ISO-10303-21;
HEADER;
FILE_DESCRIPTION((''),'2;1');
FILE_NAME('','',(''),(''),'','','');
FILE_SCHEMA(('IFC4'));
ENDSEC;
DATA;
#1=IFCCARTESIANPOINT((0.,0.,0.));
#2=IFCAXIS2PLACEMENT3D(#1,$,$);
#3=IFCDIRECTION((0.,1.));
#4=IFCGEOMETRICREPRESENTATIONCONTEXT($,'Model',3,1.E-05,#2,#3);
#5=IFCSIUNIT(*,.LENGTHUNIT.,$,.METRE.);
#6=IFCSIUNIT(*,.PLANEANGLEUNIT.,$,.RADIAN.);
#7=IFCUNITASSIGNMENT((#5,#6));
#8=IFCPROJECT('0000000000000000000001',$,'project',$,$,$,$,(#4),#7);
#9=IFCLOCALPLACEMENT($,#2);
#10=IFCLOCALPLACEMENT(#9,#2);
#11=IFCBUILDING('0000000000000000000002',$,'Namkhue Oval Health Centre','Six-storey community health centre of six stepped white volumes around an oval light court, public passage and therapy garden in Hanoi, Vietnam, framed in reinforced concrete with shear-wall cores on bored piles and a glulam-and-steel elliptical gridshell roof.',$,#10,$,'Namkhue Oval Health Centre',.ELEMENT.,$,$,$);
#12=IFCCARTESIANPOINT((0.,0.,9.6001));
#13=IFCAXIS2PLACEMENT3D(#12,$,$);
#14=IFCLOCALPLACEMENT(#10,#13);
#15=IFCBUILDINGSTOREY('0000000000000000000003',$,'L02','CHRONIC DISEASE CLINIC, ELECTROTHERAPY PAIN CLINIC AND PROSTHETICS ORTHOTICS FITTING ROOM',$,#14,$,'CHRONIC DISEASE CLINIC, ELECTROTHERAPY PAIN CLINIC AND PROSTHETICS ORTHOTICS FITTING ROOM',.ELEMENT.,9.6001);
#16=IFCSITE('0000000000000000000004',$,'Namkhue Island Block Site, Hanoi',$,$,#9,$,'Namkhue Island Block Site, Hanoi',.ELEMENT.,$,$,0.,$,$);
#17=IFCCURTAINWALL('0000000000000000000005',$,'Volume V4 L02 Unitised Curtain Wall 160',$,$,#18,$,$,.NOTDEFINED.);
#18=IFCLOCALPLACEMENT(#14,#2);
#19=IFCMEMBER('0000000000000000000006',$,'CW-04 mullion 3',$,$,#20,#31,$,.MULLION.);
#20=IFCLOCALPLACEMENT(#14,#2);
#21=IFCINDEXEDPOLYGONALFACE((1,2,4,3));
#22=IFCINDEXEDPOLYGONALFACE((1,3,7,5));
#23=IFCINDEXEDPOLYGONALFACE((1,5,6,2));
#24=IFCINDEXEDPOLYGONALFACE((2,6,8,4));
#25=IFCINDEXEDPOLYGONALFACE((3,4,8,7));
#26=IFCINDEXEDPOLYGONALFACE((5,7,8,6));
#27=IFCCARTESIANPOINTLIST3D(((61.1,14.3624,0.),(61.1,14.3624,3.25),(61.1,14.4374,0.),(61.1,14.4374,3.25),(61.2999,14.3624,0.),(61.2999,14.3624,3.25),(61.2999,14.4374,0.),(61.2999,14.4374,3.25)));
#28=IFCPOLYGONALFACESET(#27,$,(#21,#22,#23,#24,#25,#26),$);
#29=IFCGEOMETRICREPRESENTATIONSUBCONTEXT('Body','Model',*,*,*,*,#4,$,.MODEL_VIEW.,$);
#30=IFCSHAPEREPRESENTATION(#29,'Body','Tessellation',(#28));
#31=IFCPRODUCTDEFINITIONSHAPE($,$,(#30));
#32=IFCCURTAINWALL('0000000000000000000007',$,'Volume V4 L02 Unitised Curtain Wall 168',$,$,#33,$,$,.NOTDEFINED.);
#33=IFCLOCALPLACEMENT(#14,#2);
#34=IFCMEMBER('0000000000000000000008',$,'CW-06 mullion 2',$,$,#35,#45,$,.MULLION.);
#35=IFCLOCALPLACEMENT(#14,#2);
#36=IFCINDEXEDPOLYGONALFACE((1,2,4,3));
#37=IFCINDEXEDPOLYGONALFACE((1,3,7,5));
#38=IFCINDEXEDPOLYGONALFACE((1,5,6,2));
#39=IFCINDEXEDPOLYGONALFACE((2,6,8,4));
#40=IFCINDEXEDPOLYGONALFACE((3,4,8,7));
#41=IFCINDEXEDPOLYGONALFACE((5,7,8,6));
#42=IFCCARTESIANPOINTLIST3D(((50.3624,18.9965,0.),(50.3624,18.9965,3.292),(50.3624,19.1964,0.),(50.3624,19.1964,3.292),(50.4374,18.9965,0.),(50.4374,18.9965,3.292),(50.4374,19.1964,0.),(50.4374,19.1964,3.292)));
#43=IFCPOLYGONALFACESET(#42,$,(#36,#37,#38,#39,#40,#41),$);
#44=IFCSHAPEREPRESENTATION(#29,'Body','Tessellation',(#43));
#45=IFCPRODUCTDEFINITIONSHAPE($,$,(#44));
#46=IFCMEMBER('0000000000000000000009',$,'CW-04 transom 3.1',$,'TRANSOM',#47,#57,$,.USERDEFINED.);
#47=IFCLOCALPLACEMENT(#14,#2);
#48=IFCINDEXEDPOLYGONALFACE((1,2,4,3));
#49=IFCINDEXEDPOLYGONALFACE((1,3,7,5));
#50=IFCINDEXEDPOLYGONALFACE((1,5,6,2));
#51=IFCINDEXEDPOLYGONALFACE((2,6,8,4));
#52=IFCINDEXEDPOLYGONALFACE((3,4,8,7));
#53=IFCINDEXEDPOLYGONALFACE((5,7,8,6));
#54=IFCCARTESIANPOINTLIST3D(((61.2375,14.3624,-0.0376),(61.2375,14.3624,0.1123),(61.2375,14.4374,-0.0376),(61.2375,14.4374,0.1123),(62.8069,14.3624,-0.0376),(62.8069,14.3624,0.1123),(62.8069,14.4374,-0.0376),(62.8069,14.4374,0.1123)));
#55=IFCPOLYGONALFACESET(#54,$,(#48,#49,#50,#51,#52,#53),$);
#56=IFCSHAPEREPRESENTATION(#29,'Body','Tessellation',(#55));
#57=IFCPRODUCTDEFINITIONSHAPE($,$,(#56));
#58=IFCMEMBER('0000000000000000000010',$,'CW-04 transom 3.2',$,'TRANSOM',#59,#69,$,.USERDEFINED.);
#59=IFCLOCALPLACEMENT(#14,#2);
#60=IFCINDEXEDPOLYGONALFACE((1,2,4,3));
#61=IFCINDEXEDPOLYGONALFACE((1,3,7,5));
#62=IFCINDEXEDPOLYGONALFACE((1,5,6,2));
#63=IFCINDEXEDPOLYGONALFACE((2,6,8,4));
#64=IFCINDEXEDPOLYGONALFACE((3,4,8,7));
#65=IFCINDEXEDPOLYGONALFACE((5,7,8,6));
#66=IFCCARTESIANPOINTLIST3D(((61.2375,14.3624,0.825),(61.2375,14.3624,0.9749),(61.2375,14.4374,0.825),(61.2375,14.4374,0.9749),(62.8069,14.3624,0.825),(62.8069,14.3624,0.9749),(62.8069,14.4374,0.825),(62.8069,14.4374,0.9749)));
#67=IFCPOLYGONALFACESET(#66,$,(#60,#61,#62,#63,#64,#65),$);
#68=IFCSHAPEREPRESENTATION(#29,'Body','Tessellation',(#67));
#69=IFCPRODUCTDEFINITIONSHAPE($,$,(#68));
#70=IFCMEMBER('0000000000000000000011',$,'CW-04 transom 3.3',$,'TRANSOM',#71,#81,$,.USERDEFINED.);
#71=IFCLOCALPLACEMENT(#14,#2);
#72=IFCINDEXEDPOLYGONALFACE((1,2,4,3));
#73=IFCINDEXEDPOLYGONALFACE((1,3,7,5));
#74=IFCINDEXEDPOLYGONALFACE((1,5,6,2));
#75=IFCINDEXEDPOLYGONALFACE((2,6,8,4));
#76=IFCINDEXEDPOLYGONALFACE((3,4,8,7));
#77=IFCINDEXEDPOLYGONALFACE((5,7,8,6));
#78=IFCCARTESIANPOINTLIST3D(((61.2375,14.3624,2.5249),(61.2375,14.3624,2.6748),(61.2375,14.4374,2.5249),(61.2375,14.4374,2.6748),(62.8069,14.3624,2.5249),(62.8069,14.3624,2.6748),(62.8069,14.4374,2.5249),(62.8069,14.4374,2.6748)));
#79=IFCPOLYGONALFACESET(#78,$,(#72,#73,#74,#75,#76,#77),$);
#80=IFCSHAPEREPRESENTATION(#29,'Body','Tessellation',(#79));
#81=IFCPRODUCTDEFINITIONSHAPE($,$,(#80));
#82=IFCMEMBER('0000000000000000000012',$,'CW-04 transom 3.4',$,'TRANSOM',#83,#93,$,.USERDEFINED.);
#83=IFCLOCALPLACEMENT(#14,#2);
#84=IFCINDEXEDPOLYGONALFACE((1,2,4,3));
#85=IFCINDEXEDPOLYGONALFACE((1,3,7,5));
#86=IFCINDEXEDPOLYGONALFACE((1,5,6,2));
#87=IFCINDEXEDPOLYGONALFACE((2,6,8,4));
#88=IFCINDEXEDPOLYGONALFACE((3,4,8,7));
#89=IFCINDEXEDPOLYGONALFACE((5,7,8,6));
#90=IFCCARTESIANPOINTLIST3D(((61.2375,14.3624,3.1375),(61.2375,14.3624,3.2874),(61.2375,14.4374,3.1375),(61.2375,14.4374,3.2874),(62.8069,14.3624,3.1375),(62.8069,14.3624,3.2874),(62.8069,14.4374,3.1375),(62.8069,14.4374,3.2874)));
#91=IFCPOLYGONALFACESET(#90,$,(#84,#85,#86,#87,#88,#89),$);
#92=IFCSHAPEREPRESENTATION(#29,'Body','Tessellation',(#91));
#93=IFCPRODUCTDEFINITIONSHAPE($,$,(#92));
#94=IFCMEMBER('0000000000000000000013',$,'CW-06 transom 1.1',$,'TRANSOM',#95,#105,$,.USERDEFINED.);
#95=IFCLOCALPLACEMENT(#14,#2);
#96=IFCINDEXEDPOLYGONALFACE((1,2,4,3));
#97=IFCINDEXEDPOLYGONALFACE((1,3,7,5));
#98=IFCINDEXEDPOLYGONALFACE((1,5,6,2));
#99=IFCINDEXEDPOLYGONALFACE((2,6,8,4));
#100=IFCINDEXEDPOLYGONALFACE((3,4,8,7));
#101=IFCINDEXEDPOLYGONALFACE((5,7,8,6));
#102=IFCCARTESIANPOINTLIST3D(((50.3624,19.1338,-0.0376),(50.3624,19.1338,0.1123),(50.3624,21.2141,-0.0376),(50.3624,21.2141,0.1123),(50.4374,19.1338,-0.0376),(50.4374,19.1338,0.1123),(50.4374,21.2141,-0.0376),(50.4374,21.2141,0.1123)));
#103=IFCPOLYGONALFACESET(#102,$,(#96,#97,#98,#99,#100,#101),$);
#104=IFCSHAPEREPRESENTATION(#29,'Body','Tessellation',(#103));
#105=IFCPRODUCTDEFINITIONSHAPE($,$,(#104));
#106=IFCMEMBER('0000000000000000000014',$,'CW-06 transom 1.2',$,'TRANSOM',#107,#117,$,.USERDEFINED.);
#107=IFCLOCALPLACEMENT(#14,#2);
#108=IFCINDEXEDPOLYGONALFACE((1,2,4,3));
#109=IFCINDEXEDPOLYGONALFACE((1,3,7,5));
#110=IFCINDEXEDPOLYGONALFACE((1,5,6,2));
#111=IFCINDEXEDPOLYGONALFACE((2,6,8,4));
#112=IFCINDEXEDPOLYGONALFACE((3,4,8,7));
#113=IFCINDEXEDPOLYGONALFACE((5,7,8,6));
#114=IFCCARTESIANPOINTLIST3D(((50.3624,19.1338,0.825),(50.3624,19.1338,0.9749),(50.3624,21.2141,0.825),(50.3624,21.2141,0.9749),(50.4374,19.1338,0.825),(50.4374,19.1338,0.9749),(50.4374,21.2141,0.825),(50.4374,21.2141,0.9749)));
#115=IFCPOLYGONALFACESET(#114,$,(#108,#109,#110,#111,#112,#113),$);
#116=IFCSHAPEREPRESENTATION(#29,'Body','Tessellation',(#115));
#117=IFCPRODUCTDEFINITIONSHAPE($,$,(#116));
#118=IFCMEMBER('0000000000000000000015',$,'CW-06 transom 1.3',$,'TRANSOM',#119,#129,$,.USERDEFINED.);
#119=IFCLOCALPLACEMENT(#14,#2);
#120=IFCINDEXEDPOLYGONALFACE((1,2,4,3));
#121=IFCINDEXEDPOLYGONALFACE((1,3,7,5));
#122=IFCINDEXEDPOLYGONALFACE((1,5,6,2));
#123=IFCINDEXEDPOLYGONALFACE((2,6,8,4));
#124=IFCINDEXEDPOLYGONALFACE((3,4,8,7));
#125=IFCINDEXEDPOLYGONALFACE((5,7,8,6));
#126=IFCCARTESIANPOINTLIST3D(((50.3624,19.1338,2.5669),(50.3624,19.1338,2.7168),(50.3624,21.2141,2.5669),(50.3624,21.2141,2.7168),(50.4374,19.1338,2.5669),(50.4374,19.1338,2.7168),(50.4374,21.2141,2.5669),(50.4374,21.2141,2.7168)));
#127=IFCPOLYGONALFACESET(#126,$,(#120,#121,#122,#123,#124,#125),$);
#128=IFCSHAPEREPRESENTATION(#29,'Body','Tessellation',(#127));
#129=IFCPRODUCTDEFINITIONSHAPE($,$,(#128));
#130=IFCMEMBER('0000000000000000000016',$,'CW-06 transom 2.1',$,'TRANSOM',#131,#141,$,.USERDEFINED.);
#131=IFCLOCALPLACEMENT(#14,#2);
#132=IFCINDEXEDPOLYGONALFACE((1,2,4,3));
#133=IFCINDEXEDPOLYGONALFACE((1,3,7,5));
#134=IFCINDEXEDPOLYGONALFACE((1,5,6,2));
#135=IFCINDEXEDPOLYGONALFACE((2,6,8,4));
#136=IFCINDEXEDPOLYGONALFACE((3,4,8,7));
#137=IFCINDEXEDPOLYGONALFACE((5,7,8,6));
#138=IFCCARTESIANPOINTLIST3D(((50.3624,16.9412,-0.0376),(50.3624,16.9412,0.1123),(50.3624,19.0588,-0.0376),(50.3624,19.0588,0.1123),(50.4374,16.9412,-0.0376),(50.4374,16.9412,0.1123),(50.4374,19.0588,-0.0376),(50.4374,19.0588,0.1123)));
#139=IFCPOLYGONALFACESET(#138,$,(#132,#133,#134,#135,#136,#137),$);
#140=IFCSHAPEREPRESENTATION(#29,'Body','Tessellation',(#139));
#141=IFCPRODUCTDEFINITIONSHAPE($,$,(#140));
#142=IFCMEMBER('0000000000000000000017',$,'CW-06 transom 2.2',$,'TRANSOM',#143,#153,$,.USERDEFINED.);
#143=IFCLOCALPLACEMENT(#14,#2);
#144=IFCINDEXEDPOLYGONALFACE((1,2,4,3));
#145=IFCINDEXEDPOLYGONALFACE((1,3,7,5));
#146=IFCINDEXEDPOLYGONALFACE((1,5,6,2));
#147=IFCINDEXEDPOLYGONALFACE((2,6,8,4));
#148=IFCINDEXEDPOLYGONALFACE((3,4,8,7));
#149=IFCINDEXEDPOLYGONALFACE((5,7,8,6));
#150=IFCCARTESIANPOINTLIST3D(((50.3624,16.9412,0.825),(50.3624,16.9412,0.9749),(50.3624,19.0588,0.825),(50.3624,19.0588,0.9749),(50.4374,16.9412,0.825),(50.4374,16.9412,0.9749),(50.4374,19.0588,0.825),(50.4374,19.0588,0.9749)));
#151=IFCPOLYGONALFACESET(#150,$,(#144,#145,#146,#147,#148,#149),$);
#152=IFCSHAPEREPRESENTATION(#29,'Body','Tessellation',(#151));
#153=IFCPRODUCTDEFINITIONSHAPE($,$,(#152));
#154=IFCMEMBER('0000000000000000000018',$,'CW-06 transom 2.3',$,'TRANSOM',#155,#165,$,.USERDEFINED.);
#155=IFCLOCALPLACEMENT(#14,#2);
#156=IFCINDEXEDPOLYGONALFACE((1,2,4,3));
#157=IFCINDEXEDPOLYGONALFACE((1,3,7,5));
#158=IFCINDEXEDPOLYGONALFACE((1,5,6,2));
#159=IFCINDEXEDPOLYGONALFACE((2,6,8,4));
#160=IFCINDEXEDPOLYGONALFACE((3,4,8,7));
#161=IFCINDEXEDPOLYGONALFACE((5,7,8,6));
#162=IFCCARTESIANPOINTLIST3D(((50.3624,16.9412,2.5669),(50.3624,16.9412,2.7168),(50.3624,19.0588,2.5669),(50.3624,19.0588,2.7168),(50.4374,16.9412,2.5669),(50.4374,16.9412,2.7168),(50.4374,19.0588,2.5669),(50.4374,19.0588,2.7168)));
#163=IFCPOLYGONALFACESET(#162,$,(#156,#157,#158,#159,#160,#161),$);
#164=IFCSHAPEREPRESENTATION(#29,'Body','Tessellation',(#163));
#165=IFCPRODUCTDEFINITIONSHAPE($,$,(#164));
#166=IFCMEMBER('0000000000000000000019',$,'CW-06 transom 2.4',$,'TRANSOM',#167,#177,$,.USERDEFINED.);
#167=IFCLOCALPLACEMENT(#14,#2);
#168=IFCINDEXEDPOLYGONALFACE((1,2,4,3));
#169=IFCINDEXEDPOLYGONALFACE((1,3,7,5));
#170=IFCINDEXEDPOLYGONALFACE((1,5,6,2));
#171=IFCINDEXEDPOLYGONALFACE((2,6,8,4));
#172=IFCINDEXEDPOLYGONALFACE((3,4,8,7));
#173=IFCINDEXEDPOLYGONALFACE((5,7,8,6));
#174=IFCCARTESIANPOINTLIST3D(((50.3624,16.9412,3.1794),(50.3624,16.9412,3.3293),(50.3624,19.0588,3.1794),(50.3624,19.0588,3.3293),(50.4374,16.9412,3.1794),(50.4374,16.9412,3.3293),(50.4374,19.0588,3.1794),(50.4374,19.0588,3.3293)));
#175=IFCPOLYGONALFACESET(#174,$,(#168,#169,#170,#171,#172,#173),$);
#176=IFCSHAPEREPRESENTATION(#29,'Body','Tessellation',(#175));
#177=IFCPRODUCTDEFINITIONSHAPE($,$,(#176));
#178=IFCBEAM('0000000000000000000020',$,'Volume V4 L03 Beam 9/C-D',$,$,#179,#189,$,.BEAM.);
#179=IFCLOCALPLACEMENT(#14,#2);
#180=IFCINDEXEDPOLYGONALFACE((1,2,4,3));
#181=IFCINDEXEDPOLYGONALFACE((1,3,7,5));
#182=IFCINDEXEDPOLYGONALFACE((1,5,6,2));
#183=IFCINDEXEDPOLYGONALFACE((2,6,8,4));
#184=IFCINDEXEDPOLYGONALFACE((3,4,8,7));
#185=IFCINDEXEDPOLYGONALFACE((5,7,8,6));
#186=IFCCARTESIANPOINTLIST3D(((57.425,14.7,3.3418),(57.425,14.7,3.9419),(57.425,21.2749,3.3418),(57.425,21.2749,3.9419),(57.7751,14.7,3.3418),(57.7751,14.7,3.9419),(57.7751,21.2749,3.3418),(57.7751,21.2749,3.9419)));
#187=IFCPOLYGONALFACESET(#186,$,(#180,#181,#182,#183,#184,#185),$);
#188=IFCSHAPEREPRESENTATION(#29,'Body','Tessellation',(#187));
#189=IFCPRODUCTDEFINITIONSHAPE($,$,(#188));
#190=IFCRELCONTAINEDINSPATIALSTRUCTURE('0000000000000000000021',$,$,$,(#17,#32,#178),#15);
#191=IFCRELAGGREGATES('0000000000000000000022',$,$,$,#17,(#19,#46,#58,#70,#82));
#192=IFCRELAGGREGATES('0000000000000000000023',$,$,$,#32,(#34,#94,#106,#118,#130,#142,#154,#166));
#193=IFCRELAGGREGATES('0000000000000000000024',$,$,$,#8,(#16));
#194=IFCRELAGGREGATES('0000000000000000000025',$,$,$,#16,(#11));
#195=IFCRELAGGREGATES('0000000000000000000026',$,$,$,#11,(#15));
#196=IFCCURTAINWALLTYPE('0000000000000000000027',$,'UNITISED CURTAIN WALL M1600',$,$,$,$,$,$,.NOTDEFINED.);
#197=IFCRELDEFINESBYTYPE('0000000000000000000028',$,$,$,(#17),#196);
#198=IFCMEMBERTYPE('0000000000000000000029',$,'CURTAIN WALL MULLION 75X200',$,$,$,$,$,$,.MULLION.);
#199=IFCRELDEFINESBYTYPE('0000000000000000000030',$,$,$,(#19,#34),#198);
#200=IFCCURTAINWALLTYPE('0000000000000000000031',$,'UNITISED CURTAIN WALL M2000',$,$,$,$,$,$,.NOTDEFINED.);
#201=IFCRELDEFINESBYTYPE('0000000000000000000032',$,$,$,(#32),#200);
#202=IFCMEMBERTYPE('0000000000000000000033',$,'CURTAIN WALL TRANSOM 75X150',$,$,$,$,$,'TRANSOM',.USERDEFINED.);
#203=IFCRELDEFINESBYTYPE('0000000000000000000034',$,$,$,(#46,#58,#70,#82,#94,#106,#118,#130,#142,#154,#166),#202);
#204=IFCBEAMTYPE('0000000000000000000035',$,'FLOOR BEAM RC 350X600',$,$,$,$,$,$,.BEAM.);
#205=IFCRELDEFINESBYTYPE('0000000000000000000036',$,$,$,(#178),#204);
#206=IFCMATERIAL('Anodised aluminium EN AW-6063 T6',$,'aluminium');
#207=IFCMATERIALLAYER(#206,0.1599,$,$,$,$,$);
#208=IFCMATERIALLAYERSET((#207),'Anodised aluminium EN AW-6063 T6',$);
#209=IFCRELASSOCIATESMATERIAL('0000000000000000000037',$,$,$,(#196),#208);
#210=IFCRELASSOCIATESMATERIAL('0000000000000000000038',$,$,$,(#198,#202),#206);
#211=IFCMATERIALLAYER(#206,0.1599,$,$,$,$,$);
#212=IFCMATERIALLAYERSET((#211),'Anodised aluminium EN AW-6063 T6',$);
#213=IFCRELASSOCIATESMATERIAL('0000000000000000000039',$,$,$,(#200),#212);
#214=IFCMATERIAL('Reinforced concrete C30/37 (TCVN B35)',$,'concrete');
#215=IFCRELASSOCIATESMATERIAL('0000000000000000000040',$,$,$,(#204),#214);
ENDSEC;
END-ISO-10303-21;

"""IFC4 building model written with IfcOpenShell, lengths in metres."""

from ifc_helpers import new_model, si_unit, direction, frame, origin, origin_2d, place, context, subcontext, project, spatial, rectangle, extrude, material, layer, layer_set, material_profile, profile_set, type_object, element, aggregate, save


model = new_model("IFC4")

# Units and contexts
model_context = context("Model", 3, precision=1e-05, world=origin(), true_north=direction((0.0, 1.0)))
body_context = subcontext(model_context, "Body", "Model", "MODEL_VIEW")
ifc_project = project(units=[si_unit("LENGTHUNIT", "METRE"), si_unit("PLANEANGLEUNIT", "RADIAN")], contexts=[model_context])

# Site, building, storey
site_placement = place(None, origin())
site = spatial("IfcSite", under=ifc_project, at=site_placement, Name="Namkhue Island Block Site, Hanoi", LongName="Namkhue Island Block Site, Hanoi", CompositionType="ELEMENT", RefElevation=0.0)
building_placement = place(site_placement, origin())
building = spatial("IfcBuilding", under=site, at=building_placement, Name="Namkhue Oval Health Centre", Description="Six-storey community health centre of six stepped white volumes around an oval light court, public passage and therapy garden in Hanoi, Vietnam, framed in reinforced concrete with shear-wall cores on bored piles and a glulam-and-steel elliptical gridshell roof.", LongName="Namkhue Oval Health Centre", CompositionType="ELEMENT")
storey_placement = place(building_placement, frame((0.0, 0.0, 9.6001)))
storey = spatial("IfcBuildingStorey", under=building, at=storey_placement, Name="L02", Description="CHRONIC DISEASE CLINIC, ELECTROTHERAPY PAIN CLINIC AND PROSTHETICS ORTHOTICS FITTING ROOM", LongName="CHRONIC DISEASE CLINIC, ELECTROTHERAPY PAIN CLINIC AND PROSTHETICS ORTHOTICS FITTING ROOM", CompositionType="ELEMENT", Elevation=9.6001)

# Curtain walls, members
ifc_material_1 = material(Name="Anodised aluminium EN AW-6063 T6", Category="aluminium")
ifc_layer_1 = layer(ifc_material_1, 0.1599)
ifc_layer_set_1 = layer_set([ifc_layer_1], Name="Anodised aluminium EN AW-6063 T6")
curtain_wall_type_1 = type_object("IfcCurtainWallType", Name="UNITISED CURTAIN WALL M1600", PredefinedType="NOTDEFINED", material=ifc_layer_set_1)
curtain_wall_1_placement = place(storey_placement, origin())
curtain_wall_1 = element("IfcCurtainWall", 1, at=curtain_wall_1_placement, inside=storey, type_object=curtain_wall_type_1, Name="Volume V4 L02 Unitised Curtain Wall 160", PredefinedType="NOTDEFINED")
ifc_material_profile_1 = material_profile(ifc_material_1, rectangle(XDim=0.075, YDim=0.2, at=origin_2d()), Name="ALU 75x200")
ifc_profile_set_1 = profile_set([ifc_material_profile_1], Name="Anodised aluminium EN AW-6063 T6")
member_type_1 = type_object("IfcMemberType", Name="CURTAIN WALL MULLION 75X200", PredefinedType="MULLION", material=ifc_profile_set_1)
member_1_placement = place(storey_placement, frame((61.2, 14.3999, 0.0), z_axis=(0.0, 0.0, 1.0), x_axis=(0.0, 1.0, 0.0)))
member_1 = element("IfcMember", 2, at=member_1_placement, type_object=member_type_1, Name="CW-04 mullion 3", PredefinedType="MULLION", context=body_context, shape_type="SweptSolid", body=[
    extrude(rectangle(XDim=0.075, YDim=0.2, at=origin_2d()), origin(), (0.0, 0.0, 1.0), 3.25),
])
ifc_layer_2 = layer(ifc_material_1, 0.1599)
ifc_layer_set_2 = layer_set([ifc_layer_2], Name="Anodised aluminium EN AW-6063 T6")
curtain_wall_type_2 = type_object("IfcCurtainWallType", Name="UNITISED CURTAIN WALL M2000", PredefinedType="NOTDEFINED", material=ifc_layer_set_2)
curtain_wall_2_placement = place(storey_placement, origin())
curtain_wall_2 = element("IfcCurtainWall", 3, at=curtain_wall_2_placement, inside=storey, type_object=curtain_wall_type_2, Name="Volume V4 L02 Unitised Curtain Wall 168", PredefinedType="NOTDEFINED")
member_2_placement = place(storey_placement, frame((50.3999, 19.0964, 0.0), z_axis=(0.0, 0.0, 1.0), x_axis=(1.0, 0.0, 0.0)))
member_2 = element("IfcMember", 4, at=member_2_placement, type_object=member_type_1, Name="CW-06 mullion 2", PredefinedType="MULLION", context=body_context, shape_type="SweptSolid", body=[
    extrude(rectangle(XDim=0.075, YDim=0.2, at=origin_2d()), origin(), (0.0, 0.0, 1.0), 3.292),
])

# Members
ifc_material_profile_2 = material_profile(ifc_material_1, rectangle(XDim=0.075, YDim=0.1499, at=origin_2d()), Name="ALU 75x150")
ifc_profile_set_2 = profile_set([ifc_material_profile_2], Name="Anodised aluminium EN AW-6063 T6")
member_type_2 = type_object("IfcMemberType", Name="CURTAIN WALL TRANSOM 75X150", ElementType="TRANSOM", PredefinedType="USERDEFINED", material=ifc_profile_set_2)
member_3_placement = place(storey_placement, frame((61.2375, 14.3999, 0.0374), z_axis=(1.0, 0.0, 0.0), x_axis=(0.0, 1.0, 0.0)))
member_3 = element("IfcMember", 5, at=member_3_placement, type_object=member_type_2, Name="CW-04 transom 3.1", ObjectType="TRANSOM", PredefinedType="USERDEFINED", context=body_context, shape_type="SweptSolid", body=[
    extrude(rectangle(XDim=0.075, YDim=0.1499, at=origin_2d()), origin(), (0.0, 0.0, 1.0), 1.5693),
])
member_4_placement = place(storey_placement, frame((61.2375, 14.3999, 0.8999), z_axis=(1.0, 0.0, 0.0), x_axis=(0.0, 1.0, 0.0)))
member_4 = element("IfcMember", 6, at=member_4_placement, type_object=member_type_2, Name="CW-04 transom 3.2", ObjectType="TRANSOM", PredefinedType="USERDEFINED", context=body_context, shape_type="SweptSolid", body=[
    extrude(rectangle(XDim=0.075, YDim=0.1499, at=origin_2d()), origin(), (0.0, 0.0, 1.0), 1.5693),
])
member_5_placement = place(storey_placement, frame((61.2375, 14.3999, 2.5999), z_axis=(1.0, 0.0, 0.0), x_axis=(0.0, 1.0, 0.0)))
member_5 = element("IfcMember", 7, at=member_5_placement, type_object=member_type_2, Name="CW-04 transom 3.3", ObjectType="TRANSOM", PredefinedType="USERDEFINED", context=body_context, shape_type="SweptSolid", body=[
    extrude(rectangle(XDim=0.075, YDim=0.1499, at=origin_2d()), origin(), (0.0, 0.0, 1.0), 1.5693),
])
member_6_placement = place(storey_placement, frame((61.2375, 14.3999, 3.2124), z_axis=(1.0, 0.0, 0.0), x_axis=(0.0, 1.0, 0.0)))
member_6 = element("IfcMember", 8, at=member_6_placement, type_object=member_type_2, Name="CW-04 transom 3.4", ObjectType="TRANSOM", PredefinedType="USERDEFINED", context=body_context, shape_type="SweptSolid", body=[
    extrude(rectangle(XDim=0.075, YDim=0.1499, at=origin_2d()), origin(), (0.0, 0.0, 1.0), 1.5693),
])
member_7_placement = place(storey_placement, frame((50.3999, 21.2141, 0.0374), z_axis=(0.0, -1.0, 0.0), x_axis=(1.0, 0.0, 0.0)))
member_7 = element("IfcMember", 9, at=member_7_placement, type_object=member_type_2, Name="CW-06 transom 1.1", ObjectType="TRANSOM", PredefinedType="USERDEFINED", context=body_context, shape_type="SweptSolid", body=[
    extrude(rectangle(XDim=0.075, YDim=0.1499, at=origin_2d()), origin(), (0.0, 0.0, 1.0), 2.0803),
])
member_8_placement = place(storey_placement, frame((50.3999, 21.2141, 0.8999), z_axis=(0.0, -1.0, 0.0), x_axis=(1.0, 0.0, 0.0)))
member_8 = element("IfcMember", 10, at=member_8_placement, type_object=member_type_2, Name="CW-06 transom 1.2", ObjectType="TRANSOM", PredefinedType="USERDEFINED", context=body_context, shape_type="SweptSolid", body=[
    extrude(rectangle(XDim=0.075, YDim=0.1499, at=origin_2d()), origin(), (0.0, 0.0, 1.0), 2.0803),
])
member_9_placement = place(storey_placement, frame((50.3999, 21.2141, 2.6418), z_axis=(0.0, -1.0, 0.0), x_axis=(1.0, 0.0, 0.0)))
member_9 = element("IfcMember", 11, at=member_9_placement, type_object=member_type_2, Name="CW-06 transom 1.3", ObjectType="TRANSOM", PredefinedType="USERDEFINED", context=body_context, shape_type="SweptSolid", body=[
    extrude(rectangle(XDim=0.075, YDim=0.1499, at=origin_2d()), origin(), (0.0, 0.0, 1.0), 2.0803),
])
member_10_placement = place(storey_placement, frame((50.3999, 19.0588, 0.0374), z_axis=(0.0, -1.0, 0.0), x_axis=(1.0, 0.0, 0.0)))
member_10 = element("IfcMember", 12, at=member_10_placement, type_object=member_type_2, Name="CW-06 transom 2.1", ObjectType="TRANSOM", PredefinedType="USERDEFINED", context=body_context, shape_type="SweptSolid", body=[
    extrude(rectangle(XDim=0.075, YDim=0.1499, at=origin_2d()), origin(), (0.0, 0.0, 1.0), 2.1177),
])
member_11_placement = place(storey_placement, frame((50.3999, 19.0588, 0.8999), z_axis=(0.0, -1.0, 0.0), x_axis=(1.0, 0.0, 0.0)))
member_11 = element("IfcMember", 13, at=member_11_placement, type_object=member_type_2, Name="CW-06 transom 2.2", ObjectType="TRANSOM", PredefinedType="USERDEFINED", context=body_context, shape_type="SweptSolid", body=[
    extrude(rectangle(XDim=0.075, YDim=0.1499, at=origin_2d()), origin(), (0.0, 0.0, 1.0), 2.1177),
])
member_12_placement = place(storey_placement, frame((50.3999, 19.0588, 2.6418), z_axis=(0.0, -1.0, 0.0), x_axis=(1.0, 0.0, 0.0)))
member_12 = element("IfcMember", 14, at=member_12_placement, type_object=member_type_2, Name="CW-06 transom 2.3", ObjectType="TRANSOM", PredefinedType="USERDEFINED", context=body_context, shape_type="SweptSolid", body=[
    extrude(rectangle(XDim=0.075, YDim=0.1499, at=origin_2d()), origin(), (0.0, 0.0, 1.0), 2.1177),
])
member_13_placement = place(storey_placement, frame((50.3999, 19.0588, 3.2544), z_axis=(0.0, -1.0, 0.0), x_axis=(1.0, 0.0, 0.0)))
member_13 = element("IfcMember", 15, at=member_13_placement, type_object=member_type_2, Name="CW-06 transom 2.4", ObjectType="TRANSOM", PredefinedType="USERDEFINED", context=body_context, shape_type="SweptSolid", body=[
    extrude(rectangle(XDim=0.075, YDim=0.1499, at=origin_2d()), origin(), (0.0, 0.0, 1.0), 2.1177),
])

# Beam
ifc_material_2 = material(Name="Reinforced concrete C30/37 (TCVN B35)", Category="concrete")
ifc_material_profile_3 = material_profile(ifc_material_2, rectangle(XDim=0.3501, YDim=0.6001, at=origin_2d()), Name="RC 350x600")
ifc_profile_set_3 = profile_set([ifc_material_profile_3], Name="Reinforced concrete C30/37 (TCVN B35)")
beam_type_1 = type_object("IfcBeamType", Name="FLOOR BEAM RC 350X600", PredefinedType="BEAM", material=ifc_profile_set_3)
beam_placement = place(storey_placement, frame((57.6001, 14.7, 3.6418), z_axis=(0.0, 1.0, 0.0), x_axis=(-1.0, 0.0, 0.0)))
element("IfcBeam", 16, at=beam_placement, inside=storey, type_object=beam_type_1, Name="Volume V4 L03 Beam 9/C-D", PredefinedType="BEAM", context=body_context, shape_type="SweptSolid", body=[
    extrude(rectangle(XDim=0.3501, YDim=0.6001, at=origin_2d()), origin(), (0.0, 0.0, 1.0), 6.575),
])

aggregate(curtain_wall_1, [member_1, member_3, member_4, member_5, member_6])
aggregate(curtain_wall_2, [member_2, member_7, member_8, member_9, member_10, member_11, member_12, member_13])

save(model, "model.ifc")
